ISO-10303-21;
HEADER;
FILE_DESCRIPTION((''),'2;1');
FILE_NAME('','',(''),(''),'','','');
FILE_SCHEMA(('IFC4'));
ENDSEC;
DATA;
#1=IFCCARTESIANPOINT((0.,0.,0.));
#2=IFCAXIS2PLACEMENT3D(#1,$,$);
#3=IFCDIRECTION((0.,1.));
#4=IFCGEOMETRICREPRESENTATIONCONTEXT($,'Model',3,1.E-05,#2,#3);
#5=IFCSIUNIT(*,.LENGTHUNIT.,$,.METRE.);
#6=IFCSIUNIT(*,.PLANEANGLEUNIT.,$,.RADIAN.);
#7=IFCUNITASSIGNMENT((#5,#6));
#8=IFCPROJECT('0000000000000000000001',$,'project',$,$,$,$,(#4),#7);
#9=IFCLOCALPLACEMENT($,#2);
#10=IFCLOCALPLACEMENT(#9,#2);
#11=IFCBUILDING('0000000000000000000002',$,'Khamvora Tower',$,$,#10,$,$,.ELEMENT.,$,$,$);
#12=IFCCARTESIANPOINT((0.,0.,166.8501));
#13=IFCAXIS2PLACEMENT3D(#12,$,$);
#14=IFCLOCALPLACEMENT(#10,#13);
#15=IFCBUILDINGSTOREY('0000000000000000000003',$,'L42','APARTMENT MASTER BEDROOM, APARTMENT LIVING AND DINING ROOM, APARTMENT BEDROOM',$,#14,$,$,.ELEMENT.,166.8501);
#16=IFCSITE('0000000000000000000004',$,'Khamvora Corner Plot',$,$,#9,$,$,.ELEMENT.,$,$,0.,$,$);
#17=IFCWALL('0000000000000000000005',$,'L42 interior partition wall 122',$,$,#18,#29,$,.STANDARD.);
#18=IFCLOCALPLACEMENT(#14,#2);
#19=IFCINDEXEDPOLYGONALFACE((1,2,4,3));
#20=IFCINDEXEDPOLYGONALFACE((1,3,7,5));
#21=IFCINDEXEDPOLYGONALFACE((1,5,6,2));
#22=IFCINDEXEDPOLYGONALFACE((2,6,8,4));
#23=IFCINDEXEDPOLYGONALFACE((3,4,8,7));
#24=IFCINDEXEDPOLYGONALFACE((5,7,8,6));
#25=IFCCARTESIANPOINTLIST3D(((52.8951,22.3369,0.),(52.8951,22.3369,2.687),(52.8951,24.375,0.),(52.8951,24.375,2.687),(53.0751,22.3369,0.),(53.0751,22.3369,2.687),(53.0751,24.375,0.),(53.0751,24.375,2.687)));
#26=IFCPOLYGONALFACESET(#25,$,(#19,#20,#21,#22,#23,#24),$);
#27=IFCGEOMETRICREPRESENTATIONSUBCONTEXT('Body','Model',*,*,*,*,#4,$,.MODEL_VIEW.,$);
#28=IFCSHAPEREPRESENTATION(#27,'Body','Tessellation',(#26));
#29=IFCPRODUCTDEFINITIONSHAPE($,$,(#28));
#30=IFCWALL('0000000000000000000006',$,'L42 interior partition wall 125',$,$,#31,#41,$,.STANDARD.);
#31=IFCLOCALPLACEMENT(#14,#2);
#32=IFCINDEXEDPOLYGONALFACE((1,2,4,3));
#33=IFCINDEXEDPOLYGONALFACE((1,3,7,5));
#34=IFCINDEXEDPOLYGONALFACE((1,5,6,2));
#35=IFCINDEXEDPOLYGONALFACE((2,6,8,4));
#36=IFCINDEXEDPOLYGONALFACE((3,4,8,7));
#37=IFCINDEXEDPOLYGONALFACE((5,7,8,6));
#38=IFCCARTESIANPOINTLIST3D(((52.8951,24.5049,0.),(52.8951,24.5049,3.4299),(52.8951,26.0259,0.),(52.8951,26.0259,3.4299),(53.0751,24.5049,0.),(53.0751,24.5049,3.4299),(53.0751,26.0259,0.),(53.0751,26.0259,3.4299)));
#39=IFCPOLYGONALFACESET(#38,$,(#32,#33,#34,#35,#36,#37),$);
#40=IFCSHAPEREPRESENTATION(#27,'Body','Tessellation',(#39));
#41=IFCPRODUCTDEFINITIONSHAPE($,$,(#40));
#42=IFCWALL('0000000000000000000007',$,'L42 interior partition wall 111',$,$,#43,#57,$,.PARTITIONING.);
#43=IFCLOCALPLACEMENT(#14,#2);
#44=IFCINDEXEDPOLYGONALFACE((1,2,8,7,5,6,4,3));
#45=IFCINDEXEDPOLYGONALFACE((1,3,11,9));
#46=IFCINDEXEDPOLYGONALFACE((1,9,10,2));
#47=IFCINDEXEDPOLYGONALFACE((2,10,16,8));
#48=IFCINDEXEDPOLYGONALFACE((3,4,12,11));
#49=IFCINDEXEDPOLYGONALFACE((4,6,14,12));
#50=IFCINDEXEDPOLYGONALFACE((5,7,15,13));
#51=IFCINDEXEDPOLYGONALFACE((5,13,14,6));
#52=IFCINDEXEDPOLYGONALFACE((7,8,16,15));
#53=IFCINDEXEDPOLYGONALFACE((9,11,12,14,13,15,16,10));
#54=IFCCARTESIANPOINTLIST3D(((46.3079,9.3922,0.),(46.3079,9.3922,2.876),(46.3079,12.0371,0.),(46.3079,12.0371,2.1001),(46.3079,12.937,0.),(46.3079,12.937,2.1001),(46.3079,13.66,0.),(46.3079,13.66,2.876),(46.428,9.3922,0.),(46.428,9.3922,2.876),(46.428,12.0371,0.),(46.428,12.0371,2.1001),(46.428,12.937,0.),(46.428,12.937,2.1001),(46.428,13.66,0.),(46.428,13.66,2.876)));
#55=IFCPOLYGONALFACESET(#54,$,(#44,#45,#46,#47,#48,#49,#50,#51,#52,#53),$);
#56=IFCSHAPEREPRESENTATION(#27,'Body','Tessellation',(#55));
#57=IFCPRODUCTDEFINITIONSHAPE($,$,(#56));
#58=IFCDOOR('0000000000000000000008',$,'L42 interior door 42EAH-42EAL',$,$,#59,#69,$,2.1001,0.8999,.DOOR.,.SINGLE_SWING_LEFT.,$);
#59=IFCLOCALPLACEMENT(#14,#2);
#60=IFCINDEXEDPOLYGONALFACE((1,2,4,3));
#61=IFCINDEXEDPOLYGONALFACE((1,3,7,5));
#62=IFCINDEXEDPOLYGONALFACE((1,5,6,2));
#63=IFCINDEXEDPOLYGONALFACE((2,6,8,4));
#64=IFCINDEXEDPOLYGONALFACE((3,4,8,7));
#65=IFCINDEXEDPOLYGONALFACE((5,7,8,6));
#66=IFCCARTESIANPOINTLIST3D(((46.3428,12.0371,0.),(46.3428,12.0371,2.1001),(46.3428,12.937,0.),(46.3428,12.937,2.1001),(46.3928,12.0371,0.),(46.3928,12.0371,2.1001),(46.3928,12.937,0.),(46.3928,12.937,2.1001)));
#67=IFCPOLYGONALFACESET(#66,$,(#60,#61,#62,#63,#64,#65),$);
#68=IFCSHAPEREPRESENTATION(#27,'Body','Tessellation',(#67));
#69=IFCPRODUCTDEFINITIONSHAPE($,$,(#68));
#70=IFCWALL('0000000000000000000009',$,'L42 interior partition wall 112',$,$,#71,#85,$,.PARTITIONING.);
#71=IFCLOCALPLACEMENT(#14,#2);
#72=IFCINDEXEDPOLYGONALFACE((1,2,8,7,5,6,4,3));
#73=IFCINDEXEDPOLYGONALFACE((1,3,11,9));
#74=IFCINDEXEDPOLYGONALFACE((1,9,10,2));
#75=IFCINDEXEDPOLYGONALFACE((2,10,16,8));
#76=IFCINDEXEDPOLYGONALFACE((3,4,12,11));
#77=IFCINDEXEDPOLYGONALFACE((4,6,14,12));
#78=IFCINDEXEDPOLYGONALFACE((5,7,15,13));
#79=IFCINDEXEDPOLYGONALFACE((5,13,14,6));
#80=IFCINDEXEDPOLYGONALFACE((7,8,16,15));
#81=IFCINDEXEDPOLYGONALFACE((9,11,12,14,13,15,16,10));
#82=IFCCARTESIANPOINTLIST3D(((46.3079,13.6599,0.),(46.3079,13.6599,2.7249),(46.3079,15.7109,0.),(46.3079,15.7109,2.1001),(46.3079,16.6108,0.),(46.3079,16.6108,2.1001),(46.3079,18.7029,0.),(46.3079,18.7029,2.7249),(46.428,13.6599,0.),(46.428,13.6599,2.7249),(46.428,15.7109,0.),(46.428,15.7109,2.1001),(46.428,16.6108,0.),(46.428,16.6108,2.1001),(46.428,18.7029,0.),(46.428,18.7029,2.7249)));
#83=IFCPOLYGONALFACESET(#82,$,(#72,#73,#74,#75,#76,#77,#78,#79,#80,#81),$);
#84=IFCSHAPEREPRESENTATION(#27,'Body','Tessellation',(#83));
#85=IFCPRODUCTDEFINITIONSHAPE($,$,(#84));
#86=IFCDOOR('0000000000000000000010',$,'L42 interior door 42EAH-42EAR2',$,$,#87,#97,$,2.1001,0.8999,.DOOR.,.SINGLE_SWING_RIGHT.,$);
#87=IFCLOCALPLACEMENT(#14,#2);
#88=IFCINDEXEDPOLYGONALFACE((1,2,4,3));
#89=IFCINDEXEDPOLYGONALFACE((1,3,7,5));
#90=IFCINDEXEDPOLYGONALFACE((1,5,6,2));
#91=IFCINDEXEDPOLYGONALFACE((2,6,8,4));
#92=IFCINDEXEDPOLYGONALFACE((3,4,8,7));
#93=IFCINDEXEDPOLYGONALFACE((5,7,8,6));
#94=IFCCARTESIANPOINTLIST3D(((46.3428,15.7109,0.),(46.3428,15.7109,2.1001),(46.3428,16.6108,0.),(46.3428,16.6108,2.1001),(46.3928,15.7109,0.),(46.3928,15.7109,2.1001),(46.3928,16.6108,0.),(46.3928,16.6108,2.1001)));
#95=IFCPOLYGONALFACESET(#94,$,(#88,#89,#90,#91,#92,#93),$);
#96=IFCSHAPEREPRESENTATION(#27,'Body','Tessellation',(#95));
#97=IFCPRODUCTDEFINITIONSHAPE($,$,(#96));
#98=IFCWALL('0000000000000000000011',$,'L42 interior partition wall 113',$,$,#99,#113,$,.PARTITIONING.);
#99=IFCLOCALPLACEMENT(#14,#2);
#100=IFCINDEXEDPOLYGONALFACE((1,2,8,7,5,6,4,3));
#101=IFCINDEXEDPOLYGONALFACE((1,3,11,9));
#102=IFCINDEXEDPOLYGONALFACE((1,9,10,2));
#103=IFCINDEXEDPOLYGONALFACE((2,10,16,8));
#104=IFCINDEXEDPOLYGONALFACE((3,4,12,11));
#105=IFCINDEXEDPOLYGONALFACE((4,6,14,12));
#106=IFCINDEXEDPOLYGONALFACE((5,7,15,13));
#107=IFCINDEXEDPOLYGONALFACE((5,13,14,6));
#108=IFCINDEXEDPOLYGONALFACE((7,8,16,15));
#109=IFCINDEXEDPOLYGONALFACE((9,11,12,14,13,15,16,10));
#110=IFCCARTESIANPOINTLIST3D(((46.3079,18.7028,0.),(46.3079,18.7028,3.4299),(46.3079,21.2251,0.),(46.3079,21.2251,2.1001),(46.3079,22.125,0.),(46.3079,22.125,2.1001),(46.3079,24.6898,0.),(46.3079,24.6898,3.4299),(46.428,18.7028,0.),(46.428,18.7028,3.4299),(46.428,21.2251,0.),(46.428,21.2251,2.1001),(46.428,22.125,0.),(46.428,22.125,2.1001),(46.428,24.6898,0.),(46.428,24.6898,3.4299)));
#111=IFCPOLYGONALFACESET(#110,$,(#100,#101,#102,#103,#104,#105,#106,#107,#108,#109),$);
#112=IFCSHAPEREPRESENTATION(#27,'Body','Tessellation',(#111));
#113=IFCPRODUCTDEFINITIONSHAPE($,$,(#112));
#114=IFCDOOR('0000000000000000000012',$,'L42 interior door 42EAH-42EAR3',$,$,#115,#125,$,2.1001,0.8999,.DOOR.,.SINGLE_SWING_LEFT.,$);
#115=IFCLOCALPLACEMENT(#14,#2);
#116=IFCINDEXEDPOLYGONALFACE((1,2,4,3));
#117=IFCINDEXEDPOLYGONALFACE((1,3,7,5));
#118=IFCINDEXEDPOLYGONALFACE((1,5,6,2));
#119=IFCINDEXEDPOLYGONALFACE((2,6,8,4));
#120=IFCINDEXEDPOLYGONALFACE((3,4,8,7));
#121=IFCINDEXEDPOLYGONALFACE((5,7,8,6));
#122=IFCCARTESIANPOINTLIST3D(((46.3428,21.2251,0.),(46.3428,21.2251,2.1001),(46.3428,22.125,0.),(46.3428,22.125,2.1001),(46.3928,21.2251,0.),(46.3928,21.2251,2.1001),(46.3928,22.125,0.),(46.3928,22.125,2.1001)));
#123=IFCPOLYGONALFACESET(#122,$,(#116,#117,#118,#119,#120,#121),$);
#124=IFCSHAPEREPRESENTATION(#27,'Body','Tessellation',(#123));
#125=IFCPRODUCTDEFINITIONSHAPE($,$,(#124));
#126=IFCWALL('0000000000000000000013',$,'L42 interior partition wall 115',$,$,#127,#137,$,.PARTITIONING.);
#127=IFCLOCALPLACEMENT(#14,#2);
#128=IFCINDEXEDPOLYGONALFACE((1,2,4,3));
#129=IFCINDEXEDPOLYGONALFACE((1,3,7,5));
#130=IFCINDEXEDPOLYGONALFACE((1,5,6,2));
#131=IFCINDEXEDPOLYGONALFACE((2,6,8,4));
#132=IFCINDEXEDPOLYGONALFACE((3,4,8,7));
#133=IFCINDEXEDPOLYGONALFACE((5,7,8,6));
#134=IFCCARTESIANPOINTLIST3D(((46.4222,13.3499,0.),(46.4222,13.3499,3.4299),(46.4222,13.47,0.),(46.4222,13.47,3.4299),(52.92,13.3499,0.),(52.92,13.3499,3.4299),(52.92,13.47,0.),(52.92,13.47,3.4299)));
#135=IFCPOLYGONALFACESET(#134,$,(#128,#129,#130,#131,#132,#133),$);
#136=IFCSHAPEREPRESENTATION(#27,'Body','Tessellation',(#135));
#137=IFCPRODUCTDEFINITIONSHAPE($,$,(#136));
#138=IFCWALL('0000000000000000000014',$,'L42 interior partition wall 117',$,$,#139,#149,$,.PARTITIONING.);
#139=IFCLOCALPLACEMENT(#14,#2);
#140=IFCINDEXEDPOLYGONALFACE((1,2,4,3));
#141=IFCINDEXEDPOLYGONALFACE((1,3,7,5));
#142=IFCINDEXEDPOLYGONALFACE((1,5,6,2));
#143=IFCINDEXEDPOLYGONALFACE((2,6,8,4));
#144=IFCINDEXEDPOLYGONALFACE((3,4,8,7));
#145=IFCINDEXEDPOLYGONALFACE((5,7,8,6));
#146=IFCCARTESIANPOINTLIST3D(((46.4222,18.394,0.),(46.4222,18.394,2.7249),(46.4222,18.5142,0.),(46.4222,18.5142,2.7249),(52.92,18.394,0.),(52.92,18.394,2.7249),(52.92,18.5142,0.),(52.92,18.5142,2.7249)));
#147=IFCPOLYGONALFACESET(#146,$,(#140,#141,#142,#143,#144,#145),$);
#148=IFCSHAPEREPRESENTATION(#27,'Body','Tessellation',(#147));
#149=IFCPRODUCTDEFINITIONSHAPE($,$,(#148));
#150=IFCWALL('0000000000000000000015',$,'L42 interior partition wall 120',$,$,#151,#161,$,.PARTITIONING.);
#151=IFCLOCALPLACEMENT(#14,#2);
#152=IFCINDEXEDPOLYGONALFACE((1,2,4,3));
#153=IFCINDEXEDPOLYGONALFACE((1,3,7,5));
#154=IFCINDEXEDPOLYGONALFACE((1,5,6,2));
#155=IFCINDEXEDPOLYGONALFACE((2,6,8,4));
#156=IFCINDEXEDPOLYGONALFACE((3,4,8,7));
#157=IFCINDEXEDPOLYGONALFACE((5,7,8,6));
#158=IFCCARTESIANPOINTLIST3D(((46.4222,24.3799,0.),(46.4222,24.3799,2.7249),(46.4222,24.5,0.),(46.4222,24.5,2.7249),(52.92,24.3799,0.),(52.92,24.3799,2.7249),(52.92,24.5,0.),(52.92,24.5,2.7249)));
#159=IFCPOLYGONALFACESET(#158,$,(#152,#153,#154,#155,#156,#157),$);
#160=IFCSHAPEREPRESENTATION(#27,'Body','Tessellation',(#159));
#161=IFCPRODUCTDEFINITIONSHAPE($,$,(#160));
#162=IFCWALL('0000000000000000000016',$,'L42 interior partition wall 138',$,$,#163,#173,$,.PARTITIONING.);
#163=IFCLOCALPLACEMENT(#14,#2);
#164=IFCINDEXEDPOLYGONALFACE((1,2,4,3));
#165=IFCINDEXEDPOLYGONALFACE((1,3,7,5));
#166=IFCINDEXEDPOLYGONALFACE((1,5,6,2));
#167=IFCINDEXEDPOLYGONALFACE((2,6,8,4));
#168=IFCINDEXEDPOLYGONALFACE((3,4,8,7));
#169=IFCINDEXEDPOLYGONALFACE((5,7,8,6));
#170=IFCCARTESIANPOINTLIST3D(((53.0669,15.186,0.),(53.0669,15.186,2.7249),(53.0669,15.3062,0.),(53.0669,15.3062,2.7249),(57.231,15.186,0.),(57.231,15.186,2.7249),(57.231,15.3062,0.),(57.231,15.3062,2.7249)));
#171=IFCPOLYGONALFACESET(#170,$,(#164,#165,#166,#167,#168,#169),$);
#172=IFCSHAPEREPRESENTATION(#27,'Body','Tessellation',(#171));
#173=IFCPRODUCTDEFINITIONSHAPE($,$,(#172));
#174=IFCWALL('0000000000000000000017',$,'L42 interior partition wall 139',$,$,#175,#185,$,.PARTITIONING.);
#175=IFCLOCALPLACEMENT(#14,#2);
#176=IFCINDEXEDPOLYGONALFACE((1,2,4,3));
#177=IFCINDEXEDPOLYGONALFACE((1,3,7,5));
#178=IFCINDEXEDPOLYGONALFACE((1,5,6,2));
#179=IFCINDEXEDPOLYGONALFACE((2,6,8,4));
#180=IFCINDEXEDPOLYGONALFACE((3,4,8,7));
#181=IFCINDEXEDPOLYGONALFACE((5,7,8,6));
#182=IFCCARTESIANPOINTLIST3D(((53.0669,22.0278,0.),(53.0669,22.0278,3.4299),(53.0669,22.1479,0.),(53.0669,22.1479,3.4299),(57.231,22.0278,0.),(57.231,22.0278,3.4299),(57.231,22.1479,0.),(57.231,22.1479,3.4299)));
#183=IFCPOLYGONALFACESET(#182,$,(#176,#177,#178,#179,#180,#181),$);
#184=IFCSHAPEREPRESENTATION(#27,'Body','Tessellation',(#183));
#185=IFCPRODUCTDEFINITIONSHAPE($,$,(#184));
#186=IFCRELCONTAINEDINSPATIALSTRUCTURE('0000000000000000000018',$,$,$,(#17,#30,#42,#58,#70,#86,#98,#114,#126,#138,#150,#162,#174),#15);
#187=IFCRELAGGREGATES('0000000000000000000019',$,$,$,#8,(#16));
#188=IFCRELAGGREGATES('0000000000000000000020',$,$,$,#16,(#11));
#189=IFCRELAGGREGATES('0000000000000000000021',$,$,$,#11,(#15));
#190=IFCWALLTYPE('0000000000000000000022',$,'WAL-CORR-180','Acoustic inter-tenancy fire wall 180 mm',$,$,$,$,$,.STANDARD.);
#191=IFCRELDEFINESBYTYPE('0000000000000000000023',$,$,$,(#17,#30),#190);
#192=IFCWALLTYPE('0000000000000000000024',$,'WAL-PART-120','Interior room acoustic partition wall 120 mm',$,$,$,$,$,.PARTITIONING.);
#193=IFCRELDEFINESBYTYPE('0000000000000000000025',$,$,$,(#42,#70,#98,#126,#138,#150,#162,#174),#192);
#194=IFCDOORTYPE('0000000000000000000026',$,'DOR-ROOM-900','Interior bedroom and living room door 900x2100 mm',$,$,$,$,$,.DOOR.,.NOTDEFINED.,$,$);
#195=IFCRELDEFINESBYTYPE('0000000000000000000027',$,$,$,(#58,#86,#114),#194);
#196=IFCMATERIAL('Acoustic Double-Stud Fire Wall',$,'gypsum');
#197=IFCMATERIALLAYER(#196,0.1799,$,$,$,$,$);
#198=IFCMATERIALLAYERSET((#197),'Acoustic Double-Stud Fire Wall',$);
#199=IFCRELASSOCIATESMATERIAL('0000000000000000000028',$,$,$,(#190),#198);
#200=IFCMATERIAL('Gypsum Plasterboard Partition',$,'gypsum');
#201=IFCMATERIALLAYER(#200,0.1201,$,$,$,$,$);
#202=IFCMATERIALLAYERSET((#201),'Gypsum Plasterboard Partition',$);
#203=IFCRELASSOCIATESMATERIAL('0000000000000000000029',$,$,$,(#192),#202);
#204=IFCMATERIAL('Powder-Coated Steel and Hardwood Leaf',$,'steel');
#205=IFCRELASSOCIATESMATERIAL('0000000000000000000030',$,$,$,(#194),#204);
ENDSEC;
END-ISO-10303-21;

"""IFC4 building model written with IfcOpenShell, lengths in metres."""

from ifc_helpers import new_model, si_unit, direction, frame, frame_2d, origin, place, context, subcontext, project, spatial, rectangle, extrude, material, layer, layer_set, type_object, element, fill, save


model = new_model("IFC4")

# Units and contexts
model_context = context("Model", 3, precision=1e-05, world=origin(), true_north=direction((0.0, 1.0)))
body_context = subcontext(model_context, "Body", "Model", "MODEL_VIEW")
ifc_project = project(units=[si_unit("LENGTHUNIT", "METRE"), si_unit("PLANEANGLEUNIT", "RADIAN")], contexts=[model_context])

# Site, building, storey
site_placement = place(None, origin())
site = spatial("IfcSite", under=ifc_project, at=site_placement, Name="Khamvora Corner Plot", CompositionType="ELEMENT", RefElevation=0.0)
building_placement = place(site_placement, origin())
building = spatial("IfcBuilding", under=site, at=building_placement, Name="Khamvora Tower", CompositionType="ELEMENT")
storey_placement = place(building_placement, frame((0.0, 0.0, 166.8501)))
storey = spatial("IfcBuildingStorey", under=building, at=storey_placement, Name="L42", Description="APARTMENT MASTER BEDROOM, APARTMENT LIVING AND DINING ROOM, APARTMENT BEDROOM", CompositionType="ELEMENT", Elevation=166.8501)

# Walls
ifc_material_1 = material(Name="Acoustic Double-Stud Fire Wall", Category="gypsum")
ifc_layer_1 = layer(ifc_material_1, 0.1799)
ifc_layer_set_1 = layer_set([ifc_layer_1], Name="Acoustic Double-Stud Fire Wall")
wall_type_1 = type_object("IfcWallType", Name="WAL-CORR-180", Description="Acoustic inter-tenancy fire wall 180 mm", PredefinedType="STANDARD", material=ifc_layer_set_1)
wall_1_placement = place(storey_placement, frame((52.9851, 24.375, 0.0), z_axis=(0.0, 0.0, 1.0), x_axis=(0.0, -1.0, 0.0)))
element("IfcWall", 1, at=wall_1_placement, inside=storey, type_object=wall_type_1, Name="L42 interior partition wall 122", PredefinedType="STANDARD", context=body_context, shape_type="SweptSolid", body=[
    extrude(rectangle(XDim=2.0381, YDim=0.1799, at=frame_2d((1.019, 0.0))), origin(), (0.0, 0.0, 1.0), 2.687),
])
wall_2_placement = place(storey_placement, frame((52.9851, 26.0259, 0.0), z_axis=(0.0, 0.0, 1.0), x_axis=(0.0, -1.0, 0.0)))
element("IfcWall", 2, at=wall_2_placement, inside=storey, type_object=wall_type_1, Name="L42 interior partition wall 125", PredefinedType="STANDARD", context=body_context, shape_type="SweptSolid", body=[
    extrude(rectangle(XDim=1.521, YDim=0.1799, at=frame_2d((0.7605, 0.0))), origin(), (0.0, 0.0, 1.0), 3.4299),
])

# Walls, openings, doors
ifc_material_2 = material(Name="Gypsum Plasterboard Partition", Category="gypsum")
ifc_layer_2 = layer(ifc_material_2, 0.1201)
ifc_layer_set_2 = layer_set([ifc_layer_2], Name="Gypsum Plasterboard Partition")
wall_type_2 = type_object("IfcWallType", Name="WAL-PART-120", Description="Interior room acoustic partition wall 120 mm", PredefinedType="PARTITIONING", material=ifc_layer_set_2)
wall_3_placement = place(storey_placement, frame((46.3679, 13.6599, 0.0), z_axis=(0.0, 0.0, 1.0), x_axis=(0.0, -1.0, 0.0)))
wall_3 = element("IfcWall", 3, at=wall_3_placement, inside=storey, type_object=wall_type_2, Name="L42 interior partition wall 111", PredefinedType="PARTITIONING", context=body_context, shape_type="SweptSolid", body=[
    extrude(rectangle(XDim=4.2678, YDim=0.1201, at=frame_2d((2.1338, 0.0))), origin(), (0.0, 0.0, 1.0), 2.876),
])
opening_1_placement = place(wall_3_placement, frame((0.7229, 0.0, 0.0)))
opening_1 = element("IfcOpeningElement", 4, at=opening_1_placement, cuts=wall_3, PredefinedType="OPENING", context=body_context, shape_type="SweptSolid", body=[
    extrude(rectangle(XDim=0.8999, YDim=2.1001, at=frame_2d((0.45, 1.05))), frame((0.0, 0.0701, 0.0), z_axis=(0.0, -1.0, 0.0), x_axis=(1.0, 0.0, 0.0)), (0.0, 0.0, 1.0), 0.1401),
])
ifc_material_3 = material(Name="Powder-Coated Steel and Hardwood Leaf", Category="steel")
door_type = type_object("IfcDoorType", Name="DOR-ROOM-900", Description="Interior bedroom and living room door 900x2100 mm", OperationType="NOTDEFINED", PredefinedType="DOOR", material=ifc_material_3)
door_1_placement = place(opening_1_placement, origin())
door_1 = element("IfcDoor", 5, at=door_1_placement, inside=storey, type_object=door_type, Name="L42 interior door 42EAH-42EAL", OperationType="SINGLE_SWING_LEFT", OverallHeight=2.1001, OverallWidth=0.8999, PredefinedType="DOOR", context=body_context, shape_type="SweptSolid", body=[
    extrude(rectangle(XDim=0.8999, YDim=2.1001, at=frame_2d((0.45, 1.05))), frame((0.0, 0.0249, 0.0), z_axis=(0.0, -1.0, 0.0), x_axis=(1.0, 0.0, 0.0)), (0.0, 0.0, 1.0), 0.05),
])
fill(opening_1, door_1)
wall_4_placement = place(storey_placement, frame((46.3679, 18.7029, 0.0), z_axis=(0.0, 0.0, 1.0), x_axis=(0.0, -1.0, 0.0)))
wall_4 = element("IfcWall", 6, at=wall_4_placement, inside=storey, type_object=wall_type_2, Name="L42 interior partition wall 112", PredefinedType="PARTITIONING", context=body_context, shape_type="SweptSolid", body=[
    extrude(rectangle(XDim=5.043, YDim=0.1201, at=frame_2d((2.5215, 0.0))), origin(), (0.0, 0.0, 1.0), 2.7249),
])
opening_2_placement = place(wall_4_placement, frame((2.092, 0.0, 0.0)))
opening_2 = element("IfcOpeningElement", 7, at=opening_2_placement, cuts=wall_4, PredefinedType="OPENING", context=body_context, shape_type="SweptSolid", body=[
    extrude(rectangle(XDim=0.8999, YDim=2.1001, at=frame_2d((0.45, 1.05))), frame((0.0, 0.0701, 0.0), z_axis=(0.0, -1.0, 0.0), x_axis=(1.0, 0.0, 0.0)), (0.0, 0.0, 1.0), 0.1401),
])
door_2_placement = place(opening_2_placement, origin())
door_2 = element("IfcDoor", 8, at=door_2_placement, inside=storey, type_object=door_type, Name="L42 interior door 42EAH-42EAR2", OperationType="SINGLE_SWING_RIGHT", OverallHeight=2.1001, OverallWidth=0.8999, PredefinedType="DOOR", context=body_context, shape_type="SweptSolid", body=[
    extrude(rectangle(XDim=0.8999, YDim=2.1001, at=frame_2d((0.45, 1.05))), frame((0.0, 0.0249, 0.0), z_axis=(0.0, -1.0, 0.0), x_axis=(1.0, 0.0, 0.0)), (0.0, 0.0, 1.0), 0.05),
])
fill(opening_2, door_2)
wall_5_placement = place(storey_placement, frame((46.3679, 24.6899, 0.0), z_axis=(0.0, 0.0, 1.0), x_axis=(0.0, -1.0, 0.0)))
wall_5 = element("IfcWall", 9, at=wall_5_placement, inside=storey, type_object=wall_type_2, Name="L42 interior partition wall 113", PredefinedType="PARTITIONING", context=body_context, shape_type="SweptSolid", body=[
    extrude(rectangle(XDim=5.9871, YDim=0.1201, at=frame_2d((2.9937, 0.0))), origin(), (0.0, 0.0, 1.0), 3.4299),
])
opening_3_placement = place(wall_5_placement, frame((2.5649, 0.0, 0.0)))
opening_3 = element("IfcOpeningElement", 10, at=opening_3_placement, cuts=wall_5, PredefinedType="OPENING", context=body_context, shape_type="SweptSolid", body=[
    extrude(rectangle(XDim=0.8999, YDim=2.1001, at=frame_2d((0.45, 1.05))), frame((0.0, 0.0701, 0.0), z_axis=(0.0, -1.0, 0.0), x_axis=(1.0, 0.0, 0.0)), (0.0, 0.0, 1.0), 0.1401),
])
door_3_placement = place(opening_3_placement, origin())
door_3 = element("IfcDoor", 11, at=door_3_placement, inside=storey, type_object=door_type, Name="L42 interior door 42EAH-42EAR3", OperationType="SINGLE_SWING_LEFT", OverallHeight=2.1001, OverallWidth=0.8999, PredefinedType="DOOR", context=body_context, shape_type="SweptSolid", body=[
    extrude(rectangle(XDim=0.8999, YDim=2.1001, at=frame_2d((0.45, 1.05))), frame((0.0, 0.0249, 0.0), z_axis=(0.0, -1.0, 0.0), x_axis=(1.0, 0.0, 0.0)), (0.0, 0.0, 1.0), 0.05),
])
fill(opening_3, door_3)

# Walls
wall_6_placement = place(storey_placement, frame((46.4221, 13.4099, 0.0), z_axis=(0.0, 0.0, 1.0), x_axis=(1.0, 0.0, 0.0)))
element("IfcWall", 12, at=wall_6_placement, inside=storey, type_object=wall_type_2, Name="L42 interior partition wall 115", PredefinedType="PARTITIONING", context=body_context, shape_type="SweptSolid", body=[
    extrude(rectangle(XDim=6.4978, YDim=0.1201, at=frame_2d((3.249, 0.0))), origin(), (0.0, 0.0, 1.0), 3.4299),
])
for number, where, z_axis, x_axis, name in (
    (13, (46.4221, 18.4541, 0.0), (0.0, 0.0, 1.0), (1.0, 0.0, 0.0), "L42 interior partition wall 117"),
    (14, (46.4221, 24.4399, 0.0), (0.0, 0.0, 1.0), (1.0, 0.0, 0.0), "L42 interior partition wall 120"),
):
    element("IfcWall", number, at=place(storey_placement, frame(where, z_axis=z_axis, x_axis=x_axis)), inside=storey, type_object=wall_type_2, Name=name, PredefinedType="PARTITIONING", context=body_context, shape_type="SweptSolid", body=[
        extrude(rectangle(XDim=6.4978, YDim=0.1201, at=frame_2d((3.249, 0.0))), origin(), (0.0, 0.0, 1.0), 2.7249),
    ])
wall_7_placement = place(storey_placement, frame((53.0669, 15.2461, 0.0), z_axis=(0.0, 0.0, 1.0), x_axis=(1.0, 0.0, 0.0)))
element("IfcWall", 15, at=wall_7_placement, inside=storey, type_object=wall_type_2, Name="L42 interior partition wall 138", PredefinedType="PARTITIONING", context=body_context, shape_type="SweptSolid", body=[
    extrude(rectangle(XDim=4.1641, YDim=0.1201, at=frame_2d((2.082, 0.0))), origin(), (0.0, 0.0, 1.0), 2.7249),
])
wall_8_placement = place(storey_placement, frame((53.0669, 22.0879, 0.0), z_axis=(0.0, 0.0, 1.0), x_axis=(1.0, 0.0, 0.0)))
element("IfcWall", 16, at=wall_8_placement, inside=storey, type_object=wall_type_2, Name="L42 interior partition wall 139", PredefinedType="PARTITIONING", context=body_context, shape_type="SweptSolid", body=[
    extrude(rectangle(XDim=4.1641, YDim=0.1201, at=frame_2d((2.082, 0.0))), origin(), (0.0, 0.0, 1.0), 3.4299),
])

save(model, "model.ifc")
